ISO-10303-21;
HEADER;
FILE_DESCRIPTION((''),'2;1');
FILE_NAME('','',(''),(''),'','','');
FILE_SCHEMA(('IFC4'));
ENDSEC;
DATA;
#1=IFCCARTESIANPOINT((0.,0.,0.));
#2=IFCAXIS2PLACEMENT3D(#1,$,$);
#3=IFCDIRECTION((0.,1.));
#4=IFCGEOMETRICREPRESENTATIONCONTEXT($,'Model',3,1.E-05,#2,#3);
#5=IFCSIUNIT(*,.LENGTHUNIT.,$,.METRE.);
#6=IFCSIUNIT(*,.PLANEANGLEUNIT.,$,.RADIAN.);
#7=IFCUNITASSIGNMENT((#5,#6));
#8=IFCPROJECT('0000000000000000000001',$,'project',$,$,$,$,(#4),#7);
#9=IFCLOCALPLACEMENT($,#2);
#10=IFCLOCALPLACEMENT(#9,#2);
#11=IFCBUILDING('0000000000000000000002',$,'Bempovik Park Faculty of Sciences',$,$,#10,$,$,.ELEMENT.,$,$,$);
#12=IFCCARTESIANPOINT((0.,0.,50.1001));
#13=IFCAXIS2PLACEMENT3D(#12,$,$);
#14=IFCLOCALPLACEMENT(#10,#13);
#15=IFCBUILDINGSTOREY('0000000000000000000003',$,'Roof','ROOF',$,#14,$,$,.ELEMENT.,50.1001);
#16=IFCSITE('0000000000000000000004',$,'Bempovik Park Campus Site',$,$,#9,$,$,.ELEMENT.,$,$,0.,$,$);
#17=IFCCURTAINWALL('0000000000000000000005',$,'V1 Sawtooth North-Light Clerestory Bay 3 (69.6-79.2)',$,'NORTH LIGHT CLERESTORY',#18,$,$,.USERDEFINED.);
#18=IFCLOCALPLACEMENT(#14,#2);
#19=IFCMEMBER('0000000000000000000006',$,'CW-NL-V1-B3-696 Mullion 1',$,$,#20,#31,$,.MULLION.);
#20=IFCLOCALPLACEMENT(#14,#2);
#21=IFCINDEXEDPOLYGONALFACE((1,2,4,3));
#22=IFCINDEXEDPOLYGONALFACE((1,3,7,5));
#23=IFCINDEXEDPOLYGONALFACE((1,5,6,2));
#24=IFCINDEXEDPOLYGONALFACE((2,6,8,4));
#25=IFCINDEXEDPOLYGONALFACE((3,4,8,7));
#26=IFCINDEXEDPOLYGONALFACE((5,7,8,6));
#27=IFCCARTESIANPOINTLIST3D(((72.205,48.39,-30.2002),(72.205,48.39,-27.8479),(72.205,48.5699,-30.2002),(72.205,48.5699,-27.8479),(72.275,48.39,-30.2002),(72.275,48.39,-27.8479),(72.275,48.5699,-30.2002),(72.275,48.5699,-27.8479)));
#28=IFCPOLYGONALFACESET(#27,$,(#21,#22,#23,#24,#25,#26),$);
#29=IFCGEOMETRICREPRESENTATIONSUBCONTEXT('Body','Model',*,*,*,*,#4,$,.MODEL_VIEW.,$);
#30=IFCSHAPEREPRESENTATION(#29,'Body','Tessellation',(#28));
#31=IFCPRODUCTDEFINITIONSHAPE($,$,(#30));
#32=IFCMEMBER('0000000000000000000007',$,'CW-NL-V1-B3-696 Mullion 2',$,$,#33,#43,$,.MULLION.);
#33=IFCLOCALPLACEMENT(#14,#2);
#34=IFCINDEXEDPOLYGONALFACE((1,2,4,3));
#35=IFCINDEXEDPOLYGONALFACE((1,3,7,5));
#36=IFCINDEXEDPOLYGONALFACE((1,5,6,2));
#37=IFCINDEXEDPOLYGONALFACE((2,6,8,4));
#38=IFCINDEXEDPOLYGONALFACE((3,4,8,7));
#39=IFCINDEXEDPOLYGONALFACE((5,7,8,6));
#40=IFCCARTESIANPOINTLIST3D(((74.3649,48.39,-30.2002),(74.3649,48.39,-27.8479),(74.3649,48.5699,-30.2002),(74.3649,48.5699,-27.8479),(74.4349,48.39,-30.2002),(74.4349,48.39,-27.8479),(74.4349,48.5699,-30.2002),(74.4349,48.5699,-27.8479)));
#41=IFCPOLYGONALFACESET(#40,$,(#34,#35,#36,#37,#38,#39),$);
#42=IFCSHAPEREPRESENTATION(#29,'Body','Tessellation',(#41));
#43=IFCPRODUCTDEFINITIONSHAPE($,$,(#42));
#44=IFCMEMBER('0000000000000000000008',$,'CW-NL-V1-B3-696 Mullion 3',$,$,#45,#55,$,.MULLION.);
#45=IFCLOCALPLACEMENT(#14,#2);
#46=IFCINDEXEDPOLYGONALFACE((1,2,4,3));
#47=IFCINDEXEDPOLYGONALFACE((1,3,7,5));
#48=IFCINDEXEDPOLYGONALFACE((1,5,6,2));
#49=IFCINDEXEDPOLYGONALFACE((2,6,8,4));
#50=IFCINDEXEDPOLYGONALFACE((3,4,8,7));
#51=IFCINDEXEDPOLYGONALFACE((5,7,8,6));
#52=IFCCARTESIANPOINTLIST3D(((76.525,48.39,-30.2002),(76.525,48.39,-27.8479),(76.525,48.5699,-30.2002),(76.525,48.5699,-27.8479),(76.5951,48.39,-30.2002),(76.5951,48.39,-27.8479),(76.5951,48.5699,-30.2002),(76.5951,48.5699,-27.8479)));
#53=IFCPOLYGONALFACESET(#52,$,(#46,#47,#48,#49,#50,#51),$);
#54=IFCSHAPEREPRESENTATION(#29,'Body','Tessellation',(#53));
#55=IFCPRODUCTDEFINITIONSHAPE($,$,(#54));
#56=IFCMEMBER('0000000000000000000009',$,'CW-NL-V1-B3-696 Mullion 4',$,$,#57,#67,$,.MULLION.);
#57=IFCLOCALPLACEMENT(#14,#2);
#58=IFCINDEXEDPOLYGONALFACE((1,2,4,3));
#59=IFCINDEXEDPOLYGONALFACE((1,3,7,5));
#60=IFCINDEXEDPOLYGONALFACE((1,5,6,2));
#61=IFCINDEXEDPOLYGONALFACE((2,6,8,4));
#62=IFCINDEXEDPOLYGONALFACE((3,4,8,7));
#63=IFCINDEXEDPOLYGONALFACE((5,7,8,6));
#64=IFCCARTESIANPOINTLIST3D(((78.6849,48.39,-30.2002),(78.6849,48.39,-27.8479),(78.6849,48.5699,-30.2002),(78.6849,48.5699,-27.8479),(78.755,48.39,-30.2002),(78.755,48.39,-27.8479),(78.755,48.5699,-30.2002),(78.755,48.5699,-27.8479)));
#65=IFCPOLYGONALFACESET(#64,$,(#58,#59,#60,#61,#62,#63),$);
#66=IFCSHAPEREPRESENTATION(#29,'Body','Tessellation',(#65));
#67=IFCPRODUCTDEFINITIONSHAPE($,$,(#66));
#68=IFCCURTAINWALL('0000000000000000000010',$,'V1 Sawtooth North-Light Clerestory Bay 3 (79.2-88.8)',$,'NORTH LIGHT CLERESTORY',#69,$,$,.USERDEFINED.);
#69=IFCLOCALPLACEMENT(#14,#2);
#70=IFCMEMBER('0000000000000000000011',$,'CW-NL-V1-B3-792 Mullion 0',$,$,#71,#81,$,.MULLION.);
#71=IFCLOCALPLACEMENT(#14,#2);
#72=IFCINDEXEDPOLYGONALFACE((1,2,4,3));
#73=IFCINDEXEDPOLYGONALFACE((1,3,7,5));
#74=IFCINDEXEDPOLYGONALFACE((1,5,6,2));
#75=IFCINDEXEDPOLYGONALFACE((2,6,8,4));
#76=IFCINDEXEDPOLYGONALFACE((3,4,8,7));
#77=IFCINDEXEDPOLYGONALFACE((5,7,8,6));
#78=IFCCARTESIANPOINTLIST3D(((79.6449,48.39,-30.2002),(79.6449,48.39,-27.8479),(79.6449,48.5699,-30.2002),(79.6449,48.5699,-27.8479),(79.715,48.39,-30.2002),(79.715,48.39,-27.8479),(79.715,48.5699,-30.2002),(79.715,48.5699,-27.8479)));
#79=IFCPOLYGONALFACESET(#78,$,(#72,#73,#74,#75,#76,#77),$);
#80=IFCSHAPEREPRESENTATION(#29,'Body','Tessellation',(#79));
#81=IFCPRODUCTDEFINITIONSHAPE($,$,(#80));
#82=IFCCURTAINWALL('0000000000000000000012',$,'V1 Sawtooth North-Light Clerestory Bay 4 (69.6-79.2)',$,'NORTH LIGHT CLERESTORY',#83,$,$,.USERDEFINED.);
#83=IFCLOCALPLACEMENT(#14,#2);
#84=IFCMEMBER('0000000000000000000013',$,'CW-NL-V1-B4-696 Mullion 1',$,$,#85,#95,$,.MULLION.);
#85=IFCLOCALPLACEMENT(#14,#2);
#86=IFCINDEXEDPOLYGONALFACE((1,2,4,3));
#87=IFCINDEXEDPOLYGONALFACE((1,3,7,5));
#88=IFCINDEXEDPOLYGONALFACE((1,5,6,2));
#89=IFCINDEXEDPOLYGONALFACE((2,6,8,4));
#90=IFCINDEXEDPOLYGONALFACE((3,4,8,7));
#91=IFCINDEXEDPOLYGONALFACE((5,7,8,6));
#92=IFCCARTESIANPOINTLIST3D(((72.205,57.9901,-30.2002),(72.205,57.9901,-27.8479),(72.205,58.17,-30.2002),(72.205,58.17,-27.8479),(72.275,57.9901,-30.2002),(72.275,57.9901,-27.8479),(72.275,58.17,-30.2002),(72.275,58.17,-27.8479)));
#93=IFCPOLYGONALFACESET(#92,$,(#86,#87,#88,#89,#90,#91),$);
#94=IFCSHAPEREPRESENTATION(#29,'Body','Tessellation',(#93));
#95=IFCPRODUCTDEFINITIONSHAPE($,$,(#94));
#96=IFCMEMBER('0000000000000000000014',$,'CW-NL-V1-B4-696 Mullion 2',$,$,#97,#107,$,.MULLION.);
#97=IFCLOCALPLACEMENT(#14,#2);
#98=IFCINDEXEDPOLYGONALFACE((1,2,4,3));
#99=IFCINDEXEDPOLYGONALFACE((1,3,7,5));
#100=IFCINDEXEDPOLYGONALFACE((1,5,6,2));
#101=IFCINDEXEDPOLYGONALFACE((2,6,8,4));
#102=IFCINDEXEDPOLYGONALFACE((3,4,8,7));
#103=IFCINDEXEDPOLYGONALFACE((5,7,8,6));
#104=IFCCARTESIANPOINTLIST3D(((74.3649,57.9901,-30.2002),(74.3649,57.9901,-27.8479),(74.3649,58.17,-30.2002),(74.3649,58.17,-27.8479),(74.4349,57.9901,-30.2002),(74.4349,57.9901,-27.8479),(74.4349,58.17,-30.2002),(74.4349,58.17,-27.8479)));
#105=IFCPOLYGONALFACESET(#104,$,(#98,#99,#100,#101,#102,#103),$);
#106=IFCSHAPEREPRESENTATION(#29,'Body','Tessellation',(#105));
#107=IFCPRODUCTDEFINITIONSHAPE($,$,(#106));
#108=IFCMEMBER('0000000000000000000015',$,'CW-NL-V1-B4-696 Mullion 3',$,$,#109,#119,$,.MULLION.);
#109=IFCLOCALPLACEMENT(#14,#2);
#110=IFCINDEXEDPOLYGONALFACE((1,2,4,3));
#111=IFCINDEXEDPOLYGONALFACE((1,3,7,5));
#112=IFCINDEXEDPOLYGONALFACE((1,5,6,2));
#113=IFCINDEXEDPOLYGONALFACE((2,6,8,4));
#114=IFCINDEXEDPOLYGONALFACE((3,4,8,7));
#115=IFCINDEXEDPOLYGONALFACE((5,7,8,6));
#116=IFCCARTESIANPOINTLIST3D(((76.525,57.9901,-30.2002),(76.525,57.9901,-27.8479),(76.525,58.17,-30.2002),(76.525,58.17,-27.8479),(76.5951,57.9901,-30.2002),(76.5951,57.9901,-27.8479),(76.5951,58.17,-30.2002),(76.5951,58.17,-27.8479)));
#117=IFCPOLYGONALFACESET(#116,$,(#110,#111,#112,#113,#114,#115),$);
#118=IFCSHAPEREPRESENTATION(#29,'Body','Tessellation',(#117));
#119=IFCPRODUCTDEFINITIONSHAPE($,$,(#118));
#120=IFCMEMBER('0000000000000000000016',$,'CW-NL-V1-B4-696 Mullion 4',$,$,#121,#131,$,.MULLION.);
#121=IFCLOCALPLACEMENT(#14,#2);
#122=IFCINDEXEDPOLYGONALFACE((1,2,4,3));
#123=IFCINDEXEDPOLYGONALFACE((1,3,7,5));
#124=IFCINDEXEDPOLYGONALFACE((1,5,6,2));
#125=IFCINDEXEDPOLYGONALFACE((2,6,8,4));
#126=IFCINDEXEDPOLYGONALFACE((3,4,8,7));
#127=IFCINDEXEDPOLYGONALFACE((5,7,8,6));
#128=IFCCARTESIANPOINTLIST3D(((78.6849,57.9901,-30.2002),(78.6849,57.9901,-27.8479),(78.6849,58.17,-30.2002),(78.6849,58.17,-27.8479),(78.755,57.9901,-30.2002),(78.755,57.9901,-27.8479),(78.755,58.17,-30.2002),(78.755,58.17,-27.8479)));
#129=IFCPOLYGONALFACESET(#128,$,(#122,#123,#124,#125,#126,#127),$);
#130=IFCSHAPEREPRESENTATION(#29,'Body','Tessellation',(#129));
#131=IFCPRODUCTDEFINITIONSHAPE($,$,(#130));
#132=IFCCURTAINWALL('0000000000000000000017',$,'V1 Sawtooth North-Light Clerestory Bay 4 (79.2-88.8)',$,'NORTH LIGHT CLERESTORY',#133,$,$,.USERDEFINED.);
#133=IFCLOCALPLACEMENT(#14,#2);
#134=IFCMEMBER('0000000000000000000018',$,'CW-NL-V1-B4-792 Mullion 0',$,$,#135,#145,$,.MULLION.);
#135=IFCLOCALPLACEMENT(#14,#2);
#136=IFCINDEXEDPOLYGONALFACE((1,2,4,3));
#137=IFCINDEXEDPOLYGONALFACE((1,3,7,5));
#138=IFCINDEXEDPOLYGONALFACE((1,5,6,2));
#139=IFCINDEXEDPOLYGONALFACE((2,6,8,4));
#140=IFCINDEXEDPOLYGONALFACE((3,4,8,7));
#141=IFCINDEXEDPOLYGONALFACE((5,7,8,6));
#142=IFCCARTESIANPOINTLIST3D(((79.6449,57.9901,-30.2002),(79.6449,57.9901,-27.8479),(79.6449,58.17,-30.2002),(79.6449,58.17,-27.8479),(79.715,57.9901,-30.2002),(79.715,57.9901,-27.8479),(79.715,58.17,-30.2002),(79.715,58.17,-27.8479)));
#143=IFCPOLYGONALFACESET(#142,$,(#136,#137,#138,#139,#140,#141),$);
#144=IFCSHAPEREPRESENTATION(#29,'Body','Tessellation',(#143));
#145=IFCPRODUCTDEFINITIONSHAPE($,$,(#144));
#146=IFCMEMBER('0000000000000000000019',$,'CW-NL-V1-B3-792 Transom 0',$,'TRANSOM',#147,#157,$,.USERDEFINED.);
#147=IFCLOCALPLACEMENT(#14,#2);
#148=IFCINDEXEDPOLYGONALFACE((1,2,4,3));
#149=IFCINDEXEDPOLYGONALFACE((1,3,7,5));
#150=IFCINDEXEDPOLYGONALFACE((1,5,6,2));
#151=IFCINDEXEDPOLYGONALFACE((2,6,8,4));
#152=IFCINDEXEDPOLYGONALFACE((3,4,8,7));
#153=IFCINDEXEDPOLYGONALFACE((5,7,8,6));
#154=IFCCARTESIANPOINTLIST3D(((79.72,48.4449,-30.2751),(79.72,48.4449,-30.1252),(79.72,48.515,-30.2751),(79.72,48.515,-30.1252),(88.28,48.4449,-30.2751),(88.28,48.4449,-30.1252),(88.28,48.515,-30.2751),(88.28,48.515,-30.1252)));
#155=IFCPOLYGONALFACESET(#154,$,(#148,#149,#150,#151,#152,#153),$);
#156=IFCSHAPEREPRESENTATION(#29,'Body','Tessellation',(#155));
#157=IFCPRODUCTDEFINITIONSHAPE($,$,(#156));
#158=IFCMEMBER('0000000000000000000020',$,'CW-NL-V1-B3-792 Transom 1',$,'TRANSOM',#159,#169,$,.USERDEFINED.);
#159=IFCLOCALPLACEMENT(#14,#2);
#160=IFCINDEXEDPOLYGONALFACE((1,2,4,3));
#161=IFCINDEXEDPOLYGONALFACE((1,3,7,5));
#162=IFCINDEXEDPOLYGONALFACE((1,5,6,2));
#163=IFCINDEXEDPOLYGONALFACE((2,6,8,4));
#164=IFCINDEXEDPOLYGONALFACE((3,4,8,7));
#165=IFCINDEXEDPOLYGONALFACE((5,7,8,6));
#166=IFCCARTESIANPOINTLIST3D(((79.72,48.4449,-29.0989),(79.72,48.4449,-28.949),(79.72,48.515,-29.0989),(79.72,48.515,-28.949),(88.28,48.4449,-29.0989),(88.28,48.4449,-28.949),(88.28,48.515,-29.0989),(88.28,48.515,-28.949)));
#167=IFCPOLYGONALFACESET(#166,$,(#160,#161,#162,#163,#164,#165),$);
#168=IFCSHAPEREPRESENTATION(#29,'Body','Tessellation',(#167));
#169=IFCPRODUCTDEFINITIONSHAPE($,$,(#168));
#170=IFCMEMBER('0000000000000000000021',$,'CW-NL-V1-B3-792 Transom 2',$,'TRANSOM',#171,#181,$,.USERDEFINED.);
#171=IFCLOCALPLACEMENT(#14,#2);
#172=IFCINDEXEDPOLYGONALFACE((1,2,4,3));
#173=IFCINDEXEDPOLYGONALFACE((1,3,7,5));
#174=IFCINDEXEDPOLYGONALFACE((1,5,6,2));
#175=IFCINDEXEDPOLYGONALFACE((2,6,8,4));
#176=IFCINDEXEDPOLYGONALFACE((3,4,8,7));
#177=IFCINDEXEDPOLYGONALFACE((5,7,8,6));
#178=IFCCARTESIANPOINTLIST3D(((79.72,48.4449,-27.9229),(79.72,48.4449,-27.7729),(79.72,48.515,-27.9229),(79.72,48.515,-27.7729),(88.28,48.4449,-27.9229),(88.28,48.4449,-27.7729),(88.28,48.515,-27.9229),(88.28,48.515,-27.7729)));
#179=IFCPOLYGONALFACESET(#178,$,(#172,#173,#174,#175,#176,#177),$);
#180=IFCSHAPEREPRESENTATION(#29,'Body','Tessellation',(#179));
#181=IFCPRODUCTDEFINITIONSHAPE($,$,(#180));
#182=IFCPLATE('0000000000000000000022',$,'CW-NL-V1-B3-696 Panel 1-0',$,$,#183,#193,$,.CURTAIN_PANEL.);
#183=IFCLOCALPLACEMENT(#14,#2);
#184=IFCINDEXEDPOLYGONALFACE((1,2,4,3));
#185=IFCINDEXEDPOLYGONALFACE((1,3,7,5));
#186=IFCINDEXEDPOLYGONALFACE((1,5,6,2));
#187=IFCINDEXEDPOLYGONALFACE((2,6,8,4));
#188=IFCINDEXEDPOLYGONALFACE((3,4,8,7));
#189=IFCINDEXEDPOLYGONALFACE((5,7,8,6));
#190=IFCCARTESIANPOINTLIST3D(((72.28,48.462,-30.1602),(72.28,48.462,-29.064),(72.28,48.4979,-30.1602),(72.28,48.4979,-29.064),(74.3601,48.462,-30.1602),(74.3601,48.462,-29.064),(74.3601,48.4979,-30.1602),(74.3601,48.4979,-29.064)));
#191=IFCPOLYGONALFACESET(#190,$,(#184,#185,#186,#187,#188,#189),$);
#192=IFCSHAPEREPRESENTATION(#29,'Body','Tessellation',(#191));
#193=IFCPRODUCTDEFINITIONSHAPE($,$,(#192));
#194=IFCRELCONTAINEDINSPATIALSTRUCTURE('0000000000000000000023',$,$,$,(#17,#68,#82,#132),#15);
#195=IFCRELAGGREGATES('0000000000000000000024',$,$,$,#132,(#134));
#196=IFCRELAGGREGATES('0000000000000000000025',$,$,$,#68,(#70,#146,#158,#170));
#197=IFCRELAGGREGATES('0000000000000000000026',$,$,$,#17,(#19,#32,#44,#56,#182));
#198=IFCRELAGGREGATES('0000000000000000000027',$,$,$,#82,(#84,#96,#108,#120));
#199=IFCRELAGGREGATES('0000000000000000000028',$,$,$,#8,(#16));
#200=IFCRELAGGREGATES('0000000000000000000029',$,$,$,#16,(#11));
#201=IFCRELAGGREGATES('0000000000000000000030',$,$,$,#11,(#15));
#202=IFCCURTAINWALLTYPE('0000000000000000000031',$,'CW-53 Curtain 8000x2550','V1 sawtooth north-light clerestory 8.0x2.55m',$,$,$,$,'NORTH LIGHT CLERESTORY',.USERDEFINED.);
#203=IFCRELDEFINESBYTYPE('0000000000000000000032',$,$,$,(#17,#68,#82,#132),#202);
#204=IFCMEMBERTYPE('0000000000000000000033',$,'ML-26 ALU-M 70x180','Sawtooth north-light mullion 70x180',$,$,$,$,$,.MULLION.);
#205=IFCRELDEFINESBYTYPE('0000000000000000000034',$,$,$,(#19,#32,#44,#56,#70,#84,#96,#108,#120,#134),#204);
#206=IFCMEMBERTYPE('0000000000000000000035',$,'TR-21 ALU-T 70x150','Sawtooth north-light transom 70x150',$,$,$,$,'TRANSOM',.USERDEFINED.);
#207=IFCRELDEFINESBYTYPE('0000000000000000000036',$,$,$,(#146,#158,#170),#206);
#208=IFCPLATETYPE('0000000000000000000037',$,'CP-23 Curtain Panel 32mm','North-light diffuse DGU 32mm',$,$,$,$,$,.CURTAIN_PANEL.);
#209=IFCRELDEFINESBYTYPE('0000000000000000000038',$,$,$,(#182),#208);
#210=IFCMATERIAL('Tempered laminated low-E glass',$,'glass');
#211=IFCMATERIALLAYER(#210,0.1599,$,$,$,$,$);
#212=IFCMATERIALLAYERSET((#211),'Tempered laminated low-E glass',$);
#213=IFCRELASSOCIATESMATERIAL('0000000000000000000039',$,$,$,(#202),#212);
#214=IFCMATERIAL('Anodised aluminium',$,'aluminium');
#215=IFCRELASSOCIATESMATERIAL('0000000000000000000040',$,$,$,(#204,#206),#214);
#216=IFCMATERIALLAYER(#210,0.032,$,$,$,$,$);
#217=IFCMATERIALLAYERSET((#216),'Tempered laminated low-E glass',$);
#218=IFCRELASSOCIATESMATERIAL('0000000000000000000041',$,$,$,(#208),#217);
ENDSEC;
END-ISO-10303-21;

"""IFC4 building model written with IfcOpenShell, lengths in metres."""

from ifc_helpers import new_model, si_unit, direction, frame, origin, origin_2d, place, context, subcontext, project, spatial, rectangle, extrude, material, layer, layer_set, material_profile, profile_set, type_object, element, aggregate, save


model = new_model("IFC4")

# Units and contexts
model_context = context("Model", 3, precision=1e-05, world=origin(), true_north=direction((0.0, 1.0)))
body_context = subcontext(model_context, "Body", "Model", "MODEL_VIEW")
ifc_project = project(units=[si_unit("LENGTHUNIT", "METRE"), si_unit("PLANEANGLEUNIT", "RADIAN")], contexts=[model_context])

# Site, building, storey
site_placement = place(None, origin())
site = spatial("IfcSite", under=ifc_project, at=site_placement, Name="Bempovik Park Campus Site", CompositionType="ELEMENT", RefElevation=0.0)
building_placement = place(site_placement, origin())
building = spatial("IfcBuilding", under=site, at=building_placement, Name="Bempovik Park Faculty of Sciences", CompositionType="ELEMENT")
storey_placement = place(building_placement, frame((0.0, 0.0, 50.1001)))
storey = spatial("IfcBuildingStorey", under=building, at=storey_placement, Name="Roof", Description="ROOF", CompositionType="ELEMENT", Elevation=50.1001)

# Curtain wall, members
ifc_material_1 = material(Name="Tempered laminated low-E glass", Category="glass")
ifc_layer_1 = layer(ifc_material_1, 0.1599)
ifc_layer_set_1 = layer_set([ifc_layer_1], Name="Tempered laminated low-E glass")
curtain_wall_type = type_object("IfcCurtainWallType", Name="CW-53 Curtain 8000x2550", Description="V1 sawtooth north-light clerestory 8.0x2.55m", ElementType="NORTH LIGHT CLERESTORY", PredefinedType="USERDEFINED", material=ifc_layer_set_1)
curtain_wall_1_placement = place(storey_placement, origin())
curtain_wall_1 = element("IfcCurtainWall", 1, at=curtain_wall_1_placement, inside=storey, type_object=curtain_wall_type, Name="V1 Sawtooth North-Light Clerestory Bay 3 (69.6-79.2)", ObjectType="NORTH LIGHT CLERESTORY", PredefinedType="USERDEFINED")
ifc_material_2 = material(Name="Anodised aluminium", Category="aluminium")
ifc_material_profile_1 = material_profile(ifc_material_2, rectangle(XDim=0.0701, YDim=0.1799, at=origin_2d()), Name="ALU-M 70x180")
ifc_profile_set_1 = profile_set([ifc_material_profile_1], Name="Anodised aluminium")
member_type_1 = type_object("IfcMemberType", Name="ML-26 ALU-M 70x180", Description="Sawtooth north-light mullion 70x180", PredefinedType="MULLION", material=ifc_profile_set_1)
member_1_placement = place(storey_placement, frame((72.24, 48.48, -30.2002), z_axis=(0.0, 0.0, 1.0), x_axis=(1.0, 0.0, 0.0)))
member_1 = element("IfcMember", 2, at=member_1_placement, type_object=member_type_1, Name="CW-NL-V1-B3-696 Mullion 1", PredefinedType="MULLION", context=body_context, shape_type="SweptSolid", body=[
    extrude(rectangle(XDim=0.0701, YDim=0.1799, at=origin_2d()), origin(), (0.0, 0.0, 1.0), 2.3523),
])
member_2_placement = place(storey_placement, frame((74.3999, 48.48, -30.2002), z_axis=(0.0, 0.0, 1.0), x_axis=(1.0, 0.0, 0.0)))
member_2 = element("IfcMember", 3, at=member_2_placement, type_object=member_type_1, Name="CW-NL-V1-B3-696 Mullion 2", PredefinedType="MULLION", context=body_context, shape_type="SweptSolid", body=[
    extrude(rectangle(XDim=0.0701, YDim=0.1799, at=origin_2d()), origin(), (0.0, 0.0, 1.0), 2.3523),
])
member_3_placement = place(storey_placement, frame((76.5601, 48.48, -30.2002), z_axis=(0.0, 0.0, 1.0), x_axis=(1.0, 0.0, 0.0)))
member_3 = element("IfcMember", 4, at=member_3_placement, type_object=member_type_1, Name="CW-NL-V1-B3-696 Mullion 3", PredefinedType="MULLION", context=body_context, shape_type="SweptSolid", body=[
    extrude(rectangle(XDim=0.0701, YDim=0.1799, at=origin_2d()), origin(), (0.0, 0.0, 1.0), 2.3523),
])
member_4_placement = place(storey_placement, frame((78.72, 48.48, -30.2002), z_axis=(0.0, 0.0, 1.0), x_axis=(1.0, 0.0, 0.0)))
member_4 = element("IfcMember", 5, at=member_4_placement, type_object=member_type_1, Name="CW-NL-V1-B3-696 Mullion 4", PredefinedType="MULLION", context=body_context, shape_type="SweptSolid", body=[
    extrude(rectangle(XDim=0.0701, YDim=0.1799, at=origin_2d()), origin(), (0.0, 0.0, 1.0), 2.3523),
])

# Curtain wall, member
curtain_wall_2_placement = place(storey_placement, origin())
curtain_wall_2 = element("IfcCurtainWall", 6, at=curtain_wall_2_placement, inside=storey, type_object=curtain_wall_type, Name="V1 Sawtooth North-Light Clerestory Bay 3 (79.2-88.8)", ObjectType="NORTH LIGHT CLERESTORY", PredefinedType="USERDEFINED")
member_5_placement = place(storey_placement, frame((79.6799, 48.48, -30.2002), z_axis=(0.0, 0.0, 1.0), x_axis=(1.0, 0.0, 0.0)))
member_5 = element("IfcMember", 7, at=member_5_placement, type_object=member_type_1, Name="CW-NL-V1-B3-792 Mullion 0", PredefinedType="MULLION", context=body_context, shape_type="SweptSolid", body=[
    extrude(rectangle(XDim=0.0701, YDim=0.1799, at=origin_2d()), origin(), (0.0, 0.0, 1.0), 2.3523),
])

# Curtain wall, members
curtain_wall_3_placement = place(storey_placement, origin())
curtain_wall_3 = element("IfcCurtainWall", 8, at=curtain_wall_3_placement, inside=storey, type_object=curtain_wall_type, Name="V1 Sawtooth North-Light Clerestory Bay 4 (69.6-79.2)", ObjectType="NORTH LIGHT CLERESTORY", PredefinedType="USERDEFINED")
member_6_placement = place(storey_placement, frame((72.24, 58.0801, -30.2002), z_axis=(0.0, 0.0, 1.0), x_axis=(1.0, 0.0, 0.0)))
member_6 = element("IfcMember", 9, at=member_6_placement, type_object=member_type_1, Name="CW-NL-V1-B4-696 Mullion 1", PredefinedType="MULLION", context=body_context, shape_type="SweptSolid", body=[
    extrude(rectangle(XDim=0.0701, YDim=0.1799, at=origin_2d()), origin(), (0.0, 0.0, 1.0), 2.3523),
])
member_7_placement = place(storey_placement, frame((74.3999, 58.0801, -30.2002), z_axis=(0.0, 0.0, 1.0), x_axis=(1.0, 0.0, 0.0)))
member_7 = element("IfcMember", 10, at=member_7_placement, type_object=member_type_1, Name="CW-NL-V1-B4-696 Mullion 2", PredefinedType="MULLION", context=body_context, shape_type="SweptSolid", body=[
    extrude(rectangle(XDim=0.0701, YDim=0.1799, at=origin_2d()), origin(), (0.0, 0.0, 1.0), 2.3523),
])
member_8_placement = place(storey_placement, frame((76.5601, 58.0801, -30.2002), z_axis=(0.0, 0.0, 1.0), x_axis=(1.0, 0.0, 0.0)))
member_8 = element("IfcMember", 11, at=member_8_placement, type_object=member_type_1, Name="CW-NL-V1-B4-696 Mullion 3", PredefinedType="MULLION", context=body_context, shape_type="SweptSolid", body=[
    extrude(rectangle(XDim=0.0701, YDim=0.1799, at=origin_2d()), origin(), (0.0, 0.0, 1.0), 2.3523),
])
member_9_placement = place(storey_placement, frame((78.72, 58.0801, -30.2002), z_axis=(0.0, 0.0, 1.0), x_axis=(1.0, 0.0, 0.0)))
member_9 = element("IfcMember", 12, at=member_9_placement, type_object=member_type_1, Name="CW-NL-V1-B4-696 Mullion 4", PredefinedType="MULLION", context=body_context, shape_type="SweptSolid", body=[
    extrude(rectangle(XDim=0.0701, YDim=0.1799, at=origin_2d()), origin(), (0.0, 0.0, 1.0), 2.3523),
])

# Curtain wall, member
curtain_wall_4_placement = place(storey_placement, origin())
curtain_wall_4 = element("IfcCurtainWall", 13, at=curtain_wall_4_placement, inside=storey, type_object=curtain_wall_type, Name="V1 Sawtooth North-Light Clerestory Bay 4 (79.2-88.8)", ObjectType="NORTH LIGHT CLERESTORY", PredefinedType="USERDEFINED")
member_10_placement = place(storey_placement, frame((79.6799, 58.0801, -30.2002), z_axis=(0.0, 0.0, 1.0), x_axis=(1.0, 0.0, 0.0)))
member_10 = element("IfcMember", 14, at=member_10_placement, type_object=member_type_1, Name="CW-NL-V1-B4-792 Mullion 0", PredefinedType="MULLION", context=body_context, shape_type="SweptSolid", body=[
    extrude(rectangle(XDim=0.0701, YDim=0.1799, at=origin_2d()), origin(), (0.0, 0.0, 1.0), 2.3523),
])
aggregate(curtain_wall_4, [member_10])

# Members
ifc_material_profile_2 = material_profile(ifc_material_2, rectangle(XDim=0.0701, YDim=0.1499, at=origin_2d()), Name="ALU-T 70x150")
ifc_profile_set_2 = profile_set([ifc_material_profile_2], Name="Anodised aluminium")
member_type_2 = type_object("IfcMemberType", Name="TR-21 ALU-T 70x150", Description="Sawtooth north-light transom 70x150", ElementType="TRANSOM", PredefinedType="USERDEFINED", material=ifc_profile_set_2)
member_11_placement = place(storey_placement, frame((79.72, 48.48, -30.2002), z_axis=(1.0, 0.0, 0.0), x_axis=(0.0, 1.0, 0.0)))
member_11 = element("IfcMember", 15, at=member_11_placement, type_object=member_type_2, Name="CW-NL-V1-B3-792 Transom 0", ObjectType="TRANSOM", PredefinedType="USERDEFINED", context=body_context, shape_type="SweptSolid", body=[
    extrude(rectangle(XDim=0.0701, YDim=0.1499, at=origin_2d()), origin(), (0.0, 0.0, 1.0), 8.5601),
])
member_12_placement = place(storey_placement, frame((79.72, 48.48, -29.0239), z_axis=(1.0, 0.0, 0.0), x_axis=(0.0, 1.0, 0.0)))
member_12 = element("IfcMember", 16, at=member_12_placement, type_object=member_type_2, Name="CW-NL-V1-B3-792 Transom 1", ObjectType="TRANSOM", PredefinedType="USERDEFINED", context=body_context, shape_type="SweptSolid", body=[
    extrude(rectangle(XDim=0.0701, YDim=0.1499, at=origin_2d()), origin(), (0.0, 0.0, 1.0), 8.5601),
])
member_13_placement = place(storey_placement, frame((79.72, 48.48, -27.8479), z_axis=(1.0, 0.0, 0.0), x_axis=(0.0, 1.0, 0.0)))
member_13 = element("IfcMember", 17, at=member_13_placement, type_object=member_type_2, Name="CW-NL-V1-B3-792 Transom 2", ObjectType="TRANSOM", PredefinedType="USERDEFINED", context=body_context, shape_type="SweptSolid", body=[
    extrude(rectangle(XDim=0.0701, YDim=0.1499, at=origin_2d()), origin(), (0.0, 0.0, 1.0), 8.5601),
])
aggregate(curtain_wall_2, [member_5, member_11, member_12, member_13])

# Plate
ifc_layer_2 = layer(ifc_material_1, 0.032)
ifc_layer_set_2 = layer_set([ifc_layer_2], Name="Tempered laminated low-E glass")
plate_type = type_object("IfcPlateType", Name="CP-23 Curtain Panel 32mm", Description="North-light diffuse DGU 32mm", PredefinedType="CURTAIN_PANEL", material=ifc_layer_set_2)
plate_1_placement = place(storey_placement, frame((73.3201, 48.48, -30.1602), z_axis=(0.0, 0.0, 1.0), x_axis=(1.0, 0.0, 0.0)))
plate_1 = element("IfcPlate", 18, at=plate_1_placement, type_object=plate_type, Name="CW-NL-V1-B3-696 Panel 1-0", PredefinedType="CURTAIN_PANEL", context=body_context, shape_type="SweptSolid", body=[
    extrude(rectangle(XDim=2.0801, YDim=0.0359, at=origin_2d()), origin(), (0.0, 0.0, 1.0), 1.0962),
])
aggregate(curtain_wall_1, [member_1, member_2, member_3, member_4, plate_1])
aggregate(curtain_wall_3, [member_6, member_7, member_8, member_9])

save(model, "model.ifc")
